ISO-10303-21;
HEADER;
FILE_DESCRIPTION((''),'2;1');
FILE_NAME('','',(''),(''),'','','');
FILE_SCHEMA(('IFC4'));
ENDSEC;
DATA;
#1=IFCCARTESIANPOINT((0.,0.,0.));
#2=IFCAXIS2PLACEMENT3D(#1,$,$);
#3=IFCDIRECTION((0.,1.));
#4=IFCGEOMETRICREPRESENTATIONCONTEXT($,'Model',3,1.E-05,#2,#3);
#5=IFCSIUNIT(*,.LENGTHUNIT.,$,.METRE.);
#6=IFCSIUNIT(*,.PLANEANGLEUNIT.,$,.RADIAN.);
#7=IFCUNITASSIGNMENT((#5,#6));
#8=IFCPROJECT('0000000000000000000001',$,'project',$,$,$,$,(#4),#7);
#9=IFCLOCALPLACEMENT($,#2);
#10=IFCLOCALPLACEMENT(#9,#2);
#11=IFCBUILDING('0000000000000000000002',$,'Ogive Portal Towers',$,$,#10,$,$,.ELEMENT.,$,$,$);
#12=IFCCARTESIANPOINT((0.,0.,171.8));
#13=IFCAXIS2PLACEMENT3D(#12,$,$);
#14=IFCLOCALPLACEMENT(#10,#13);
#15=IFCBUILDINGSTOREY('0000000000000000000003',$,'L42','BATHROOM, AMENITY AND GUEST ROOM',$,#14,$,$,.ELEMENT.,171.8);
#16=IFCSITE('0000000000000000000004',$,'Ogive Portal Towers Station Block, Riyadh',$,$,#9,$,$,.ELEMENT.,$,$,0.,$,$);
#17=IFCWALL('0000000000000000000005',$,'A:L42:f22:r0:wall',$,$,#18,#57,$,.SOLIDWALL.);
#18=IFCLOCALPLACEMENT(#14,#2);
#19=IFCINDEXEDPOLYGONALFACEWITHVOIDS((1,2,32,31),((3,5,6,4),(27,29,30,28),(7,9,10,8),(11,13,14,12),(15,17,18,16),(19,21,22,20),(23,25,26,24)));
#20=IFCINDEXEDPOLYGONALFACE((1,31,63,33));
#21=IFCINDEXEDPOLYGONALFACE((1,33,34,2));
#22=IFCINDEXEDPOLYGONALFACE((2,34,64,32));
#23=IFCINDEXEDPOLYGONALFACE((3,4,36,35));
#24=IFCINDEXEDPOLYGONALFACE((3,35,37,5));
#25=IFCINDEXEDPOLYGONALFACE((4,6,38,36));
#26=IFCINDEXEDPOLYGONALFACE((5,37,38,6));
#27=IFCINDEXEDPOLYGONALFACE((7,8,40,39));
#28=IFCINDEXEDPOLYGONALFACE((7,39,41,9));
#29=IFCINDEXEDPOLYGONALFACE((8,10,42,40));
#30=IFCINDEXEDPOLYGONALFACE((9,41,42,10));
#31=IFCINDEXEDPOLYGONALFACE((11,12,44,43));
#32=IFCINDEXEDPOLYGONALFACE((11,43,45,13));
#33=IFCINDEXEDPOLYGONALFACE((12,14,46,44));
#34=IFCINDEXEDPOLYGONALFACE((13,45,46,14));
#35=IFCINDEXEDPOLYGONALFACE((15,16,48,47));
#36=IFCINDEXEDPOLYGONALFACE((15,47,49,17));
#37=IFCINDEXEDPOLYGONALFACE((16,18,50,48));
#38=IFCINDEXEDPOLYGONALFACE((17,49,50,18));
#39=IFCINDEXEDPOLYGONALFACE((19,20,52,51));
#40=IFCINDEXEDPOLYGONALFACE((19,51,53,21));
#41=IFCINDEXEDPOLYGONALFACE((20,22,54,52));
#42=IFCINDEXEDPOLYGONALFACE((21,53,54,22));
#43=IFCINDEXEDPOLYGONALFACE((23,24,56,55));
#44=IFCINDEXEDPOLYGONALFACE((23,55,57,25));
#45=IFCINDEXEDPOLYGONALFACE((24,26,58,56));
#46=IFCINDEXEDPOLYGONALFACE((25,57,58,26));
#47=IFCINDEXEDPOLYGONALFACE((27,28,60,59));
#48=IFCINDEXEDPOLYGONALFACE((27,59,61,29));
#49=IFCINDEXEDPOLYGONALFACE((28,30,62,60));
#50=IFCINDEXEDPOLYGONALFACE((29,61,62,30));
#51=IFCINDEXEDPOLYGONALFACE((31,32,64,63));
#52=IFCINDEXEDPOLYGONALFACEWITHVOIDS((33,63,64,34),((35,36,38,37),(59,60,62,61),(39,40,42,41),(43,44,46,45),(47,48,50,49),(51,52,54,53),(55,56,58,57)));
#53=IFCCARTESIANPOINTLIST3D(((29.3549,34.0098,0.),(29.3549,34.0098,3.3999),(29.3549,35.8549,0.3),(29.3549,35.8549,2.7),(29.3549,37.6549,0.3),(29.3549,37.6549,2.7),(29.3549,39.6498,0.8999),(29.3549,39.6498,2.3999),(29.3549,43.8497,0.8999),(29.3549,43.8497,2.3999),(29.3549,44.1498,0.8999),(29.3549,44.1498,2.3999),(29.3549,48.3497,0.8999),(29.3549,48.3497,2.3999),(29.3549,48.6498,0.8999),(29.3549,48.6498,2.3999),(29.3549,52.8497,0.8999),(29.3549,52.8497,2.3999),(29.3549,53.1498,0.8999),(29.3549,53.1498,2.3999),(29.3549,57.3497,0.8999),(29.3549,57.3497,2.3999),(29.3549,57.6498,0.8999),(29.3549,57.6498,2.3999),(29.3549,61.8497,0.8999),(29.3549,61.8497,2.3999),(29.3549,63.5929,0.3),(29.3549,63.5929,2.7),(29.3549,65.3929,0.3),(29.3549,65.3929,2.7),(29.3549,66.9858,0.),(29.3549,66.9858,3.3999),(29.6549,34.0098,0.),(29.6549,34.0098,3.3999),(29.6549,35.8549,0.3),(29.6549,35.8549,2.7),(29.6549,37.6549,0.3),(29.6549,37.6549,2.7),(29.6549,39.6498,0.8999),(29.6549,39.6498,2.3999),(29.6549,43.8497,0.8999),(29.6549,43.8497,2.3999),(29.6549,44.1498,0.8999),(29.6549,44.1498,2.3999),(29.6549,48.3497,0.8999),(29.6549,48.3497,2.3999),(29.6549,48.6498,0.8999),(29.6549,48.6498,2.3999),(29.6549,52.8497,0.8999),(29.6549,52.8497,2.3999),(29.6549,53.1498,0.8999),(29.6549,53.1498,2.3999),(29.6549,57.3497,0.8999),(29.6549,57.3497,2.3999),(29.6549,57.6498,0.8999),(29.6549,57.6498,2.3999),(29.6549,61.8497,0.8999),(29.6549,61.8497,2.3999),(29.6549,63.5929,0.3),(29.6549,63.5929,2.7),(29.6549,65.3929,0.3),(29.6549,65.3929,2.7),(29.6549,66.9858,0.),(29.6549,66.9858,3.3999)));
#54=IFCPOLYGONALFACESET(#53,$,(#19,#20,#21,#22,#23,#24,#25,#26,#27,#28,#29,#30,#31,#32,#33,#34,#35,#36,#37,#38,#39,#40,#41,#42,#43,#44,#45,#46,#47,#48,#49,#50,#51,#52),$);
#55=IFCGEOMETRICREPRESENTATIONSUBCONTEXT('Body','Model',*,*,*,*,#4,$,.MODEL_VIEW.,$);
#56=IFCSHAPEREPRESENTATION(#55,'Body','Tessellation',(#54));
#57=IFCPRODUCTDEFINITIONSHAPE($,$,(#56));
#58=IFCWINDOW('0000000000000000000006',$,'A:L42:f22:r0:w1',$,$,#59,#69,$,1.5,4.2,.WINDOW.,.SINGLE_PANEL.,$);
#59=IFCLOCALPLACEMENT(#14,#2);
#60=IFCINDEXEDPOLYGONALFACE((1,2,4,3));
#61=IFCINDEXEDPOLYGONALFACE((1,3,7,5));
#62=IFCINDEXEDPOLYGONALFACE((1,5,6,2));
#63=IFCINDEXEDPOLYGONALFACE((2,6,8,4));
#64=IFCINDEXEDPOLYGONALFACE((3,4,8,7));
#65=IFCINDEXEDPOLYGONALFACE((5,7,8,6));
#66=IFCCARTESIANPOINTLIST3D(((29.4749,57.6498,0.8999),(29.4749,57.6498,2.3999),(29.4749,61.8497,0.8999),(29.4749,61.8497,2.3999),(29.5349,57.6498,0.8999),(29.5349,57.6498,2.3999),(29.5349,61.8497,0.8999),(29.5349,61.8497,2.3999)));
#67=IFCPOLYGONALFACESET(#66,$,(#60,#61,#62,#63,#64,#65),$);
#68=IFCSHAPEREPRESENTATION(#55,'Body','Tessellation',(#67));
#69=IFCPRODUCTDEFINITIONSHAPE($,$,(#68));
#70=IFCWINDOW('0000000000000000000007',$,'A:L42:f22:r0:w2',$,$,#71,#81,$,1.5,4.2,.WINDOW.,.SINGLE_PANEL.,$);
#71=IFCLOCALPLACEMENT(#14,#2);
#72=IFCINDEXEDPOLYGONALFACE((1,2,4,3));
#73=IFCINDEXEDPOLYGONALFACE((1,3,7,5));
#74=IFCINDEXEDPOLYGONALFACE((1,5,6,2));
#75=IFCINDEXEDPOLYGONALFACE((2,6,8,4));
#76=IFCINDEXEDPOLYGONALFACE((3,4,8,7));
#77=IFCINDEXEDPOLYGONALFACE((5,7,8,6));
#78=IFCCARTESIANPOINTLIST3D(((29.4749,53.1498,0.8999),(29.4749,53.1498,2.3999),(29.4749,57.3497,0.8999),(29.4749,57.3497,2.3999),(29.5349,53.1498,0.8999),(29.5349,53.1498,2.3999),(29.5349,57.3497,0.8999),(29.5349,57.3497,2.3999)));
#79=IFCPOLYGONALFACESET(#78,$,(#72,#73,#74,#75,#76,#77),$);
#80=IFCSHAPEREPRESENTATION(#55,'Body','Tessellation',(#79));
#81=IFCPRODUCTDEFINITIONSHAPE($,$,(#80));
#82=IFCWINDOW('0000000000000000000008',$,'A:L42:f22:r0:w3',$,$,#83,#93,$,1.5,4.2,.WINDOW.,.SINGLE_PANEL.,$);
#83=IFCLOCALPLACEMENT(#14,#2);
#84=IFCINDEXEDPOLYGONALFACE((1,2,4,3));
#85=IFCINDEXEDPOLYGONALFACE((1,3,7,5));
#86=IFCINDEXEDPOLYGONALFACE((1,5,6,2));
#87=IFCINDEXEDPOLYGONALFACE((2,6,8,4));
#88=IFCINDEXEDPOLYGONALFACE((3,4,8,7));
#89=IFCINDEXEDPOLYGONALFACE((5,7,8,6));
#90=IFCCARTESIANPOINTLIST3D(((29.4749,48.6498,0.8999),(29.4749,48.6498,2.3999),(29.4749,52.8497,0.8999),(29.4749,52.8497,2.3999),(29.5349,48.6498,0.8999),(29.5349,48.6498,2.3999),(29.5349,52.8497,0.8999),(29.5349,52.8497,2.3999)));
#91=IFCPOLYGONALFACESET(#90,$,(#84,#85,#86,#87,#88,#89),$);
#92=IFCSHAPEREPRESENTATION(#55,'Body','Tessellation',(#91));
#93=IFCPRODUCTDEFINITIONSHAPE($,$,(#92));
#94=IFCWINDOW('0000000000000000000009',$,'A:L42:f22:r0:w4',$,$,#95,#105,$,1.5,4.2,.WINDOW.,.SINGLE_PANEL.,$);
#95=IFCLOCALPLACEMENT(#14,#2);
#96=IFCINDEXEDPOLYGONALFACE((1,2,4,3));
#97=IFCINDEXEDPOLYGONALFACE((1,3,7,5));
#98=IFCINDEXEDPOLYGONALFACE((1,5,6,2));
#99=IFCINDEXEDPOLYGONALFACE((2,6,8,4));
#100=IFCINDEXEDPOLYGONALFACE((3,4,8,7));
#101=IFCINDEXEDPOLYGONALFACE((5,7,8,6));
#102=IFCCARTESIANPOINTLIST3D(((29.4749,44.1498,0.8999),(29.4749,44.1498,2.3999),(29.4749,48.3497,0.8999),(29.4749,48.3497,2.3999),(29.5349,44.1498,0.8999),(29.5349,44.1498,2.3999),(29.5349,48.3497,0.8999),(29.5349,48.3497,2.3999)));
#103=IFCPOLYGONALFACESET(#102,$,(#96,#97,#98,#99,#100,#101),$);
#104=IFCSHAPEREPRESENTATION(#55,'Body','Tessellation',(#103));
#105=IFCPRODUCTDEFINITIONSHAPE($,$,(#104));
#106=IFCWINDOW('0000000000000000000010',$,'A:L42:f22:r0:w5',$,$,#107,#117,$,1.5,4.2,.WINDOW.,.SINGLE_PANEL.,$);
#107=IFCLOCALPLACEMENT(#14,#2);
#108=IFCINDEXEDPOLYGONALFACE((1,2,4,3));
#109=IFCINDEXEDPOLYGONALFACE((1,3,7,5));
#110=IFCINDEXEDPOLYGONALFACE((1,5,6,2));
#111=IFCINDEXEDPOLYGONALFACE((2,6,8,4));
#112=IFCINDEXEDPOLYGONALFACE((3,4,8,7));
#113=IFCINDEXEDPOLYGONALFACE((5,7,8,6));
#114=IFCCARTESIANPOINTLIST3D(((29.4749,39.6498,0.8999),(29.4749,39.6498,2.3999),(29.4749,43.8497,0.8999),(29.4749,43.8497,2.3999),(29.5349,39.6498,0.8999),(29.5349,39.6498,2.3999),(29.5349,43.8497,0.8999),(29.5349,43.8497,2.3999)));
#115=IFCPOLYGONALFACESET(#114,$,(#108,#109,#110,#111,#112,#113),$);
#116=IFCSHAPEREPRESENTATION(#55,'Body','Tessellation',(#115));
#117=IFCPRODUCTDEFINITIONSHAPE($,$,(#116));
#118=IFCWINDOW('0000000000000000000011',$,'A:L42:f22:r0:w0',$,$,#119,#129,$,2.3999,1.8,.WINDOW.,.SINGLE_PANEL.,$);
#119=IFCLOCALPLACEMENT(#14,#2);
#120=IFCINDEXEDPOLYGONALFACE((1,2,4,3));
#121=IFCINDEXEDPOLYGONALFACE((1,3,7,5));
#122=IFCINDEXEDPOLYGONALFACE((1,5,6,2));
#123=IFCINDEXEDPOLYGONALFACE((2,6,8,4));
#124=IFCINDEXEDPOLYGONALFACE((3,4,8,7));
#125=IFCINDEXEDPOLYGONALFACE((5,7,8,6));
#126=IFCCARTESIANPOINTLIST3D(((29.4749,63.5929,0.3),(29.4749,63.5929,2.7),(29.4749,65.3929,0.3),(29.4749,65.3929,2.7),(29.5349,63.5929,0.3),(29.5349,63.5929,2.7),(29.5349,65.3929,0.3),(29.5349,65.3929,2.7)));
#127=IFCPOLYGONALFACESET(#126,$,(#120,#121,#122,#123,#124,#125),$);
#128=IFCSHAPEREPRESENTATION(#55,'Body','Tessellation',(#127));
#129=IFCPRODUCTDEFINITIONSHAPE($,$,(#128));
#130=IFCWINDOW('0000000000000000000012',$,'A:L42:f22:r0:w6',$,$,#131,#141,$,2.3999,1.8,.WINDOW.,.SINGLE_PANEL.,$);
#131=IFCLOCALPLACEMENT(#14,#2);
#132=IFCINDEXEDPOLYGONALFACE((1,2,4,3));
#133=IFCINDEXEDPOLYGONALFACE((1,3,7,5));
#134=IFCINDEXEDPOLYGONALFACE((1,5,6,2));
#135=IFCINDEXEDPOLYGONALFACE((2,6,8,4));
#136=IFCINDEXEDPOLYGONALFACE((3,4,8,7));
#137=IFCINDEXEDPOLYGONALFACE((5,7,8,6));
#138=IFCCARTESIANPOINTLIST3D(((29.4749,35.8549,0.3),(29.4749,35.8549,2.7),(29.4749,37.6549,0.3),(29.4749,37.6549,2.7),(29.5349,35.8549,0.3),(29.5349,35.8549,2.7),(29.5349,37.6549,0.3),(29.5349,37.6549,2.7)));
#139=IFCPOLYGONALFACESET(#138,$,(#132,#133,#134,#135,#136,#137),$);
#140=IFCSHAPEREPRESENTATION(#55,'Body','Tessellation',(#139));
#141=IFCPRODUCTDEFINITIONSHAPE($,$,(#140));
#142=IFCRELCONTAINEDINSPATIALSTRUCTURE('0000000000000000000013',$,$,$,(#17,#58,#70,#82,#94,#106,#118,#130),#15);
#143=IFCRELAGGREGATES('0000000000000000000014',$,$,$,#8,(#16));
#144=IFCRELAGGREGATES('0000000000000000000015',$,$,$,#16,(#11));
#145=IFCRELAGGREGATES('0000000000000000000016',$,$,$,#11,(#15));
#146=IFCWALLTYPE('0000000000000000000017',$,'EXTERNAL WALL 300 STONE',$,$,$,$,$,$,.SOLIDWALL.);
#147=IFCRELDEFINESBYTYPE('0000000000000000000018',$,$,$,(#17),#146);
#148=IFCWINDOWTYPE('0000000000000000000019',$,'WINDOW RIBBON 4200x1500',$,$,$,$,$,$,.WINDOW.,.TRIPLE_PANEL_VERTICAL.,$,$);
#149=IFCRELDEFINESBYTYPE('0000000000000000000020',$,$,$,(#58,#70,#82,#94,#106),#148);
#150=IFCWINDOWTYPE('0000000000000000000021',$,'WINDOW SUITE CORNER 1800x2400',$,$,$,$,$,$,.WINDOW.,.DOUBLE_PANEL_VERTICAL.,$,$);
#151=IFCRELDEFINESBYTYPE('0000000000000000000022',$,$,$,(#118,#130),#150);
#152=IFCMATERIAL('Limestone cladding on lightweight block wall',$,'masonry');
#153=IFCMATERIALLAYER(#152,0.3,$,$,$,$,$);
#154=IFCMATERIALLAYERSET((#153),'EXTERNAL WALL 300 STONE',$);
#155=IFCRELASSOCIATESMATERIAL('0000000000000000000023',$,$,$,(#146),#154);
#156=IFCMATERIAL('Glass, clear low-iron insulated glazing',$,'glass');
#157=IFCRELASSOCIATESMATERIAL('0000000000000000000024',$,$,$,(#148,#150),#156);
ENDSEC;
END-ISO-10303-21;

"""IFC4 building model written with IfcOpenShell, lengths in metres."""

from ifc_helpers import new_model, si_unit, direction, frame, frame_2d, origin, place, context, subcontext, project, spatial, rectangle, extrude, material, layer, layer_set, type_object, element, fill, save


model = new_model("IFC4")

# Units and contexts
model_context = context("Model", 3, precision=1e-05, world=origin(), true_north=direction((0.0, 1.0)))
body_context = subcontext(model_context, "Body", "Model", "MODEL_VIEW")
ifc_project = project(units=[si_unit("LENGTHUNIT", "METRE"), si_unit("PLANEANGLEUNIT", "RADIAN")], contexts=[model_context])

# Site, building, storey
site_placement = place(None, origin())
site = spatial("IfcSite", under=ifc_project, at=site_placement, Name="Ogive Portal Towers Station Block, Riyadh", CompositionType="ELEMENT", RefElevation=0.0)
building_placement = place(site_placement, origin())
building = spatial("IfcBuilding", under=site, at=building_placement, Name="Ogive Portal Towers", CompositionType="ELEMENT")
storey_placement = place(building_placement, frame((0.0, 0.0, 171.8)))
storey = spatial("IfcBuildingStorey", under=building, at=storey_placement, Name="L42", Description="BATHROOM, AMENITY AND GUEST ROOM", CompositionType="ELEMENT", Elevation=171.8)

# Shared definitions
ifc_material_1 = material(Name="Glass, clear low-iron insulated glazing", Category="glass")

# Wall, openings, windows
ifc_material_2 = material(Name="Limestone cladding on lightweight block wall", Category="masonry")
ifc_layer_1 = layer(ifc_material_2, 0.3)
ifc_layer_set_1 = layer_set([ifc_layer_1], Name="EXTERNAL WALL 300 STONE")
wall_type_1 = type_object("IfcWallType", Name="EXTERNAL WALL 300 STONE", PredefinedType="SOLIDWALL", material=ifc_layer_set_1)
wall_1_placement = place(storey_placement, frame((29.5049, 66.9858, 0.0), z_axis=(0.0, 0.0, 1.0), x_axis=(0.0, -1.0, 0.0)))
wall_1 = element("IfcWall", 1, at=wall_1_placement, inside=storey, type_object=wall_type_1, Name="A:L42:f22:r0:wall", PredefinedType="SOLIDWALL", context=body_context, shape_type="SweptSolid", body=[
    extrude(rectangle(XDim=32.9761, YDim=0.3, at=frame_2d((16.488, 0.0))), origin(), (0.0, 0.0, 1.0), 3.3999),
])
opening_1_placement = place(wall_1_placement, frame((1.593, 0.0, 0.3)))
opening_1 = element("IfcOpeningElement", 2, at=opening_1_placement, cuts=wall_1, PredefinedType="OPENING", context=body_context, shape_type="SweptSolid", body=[
    extrude(rectangle(XDim=1.8, YDim=2.3999, at=frame_2d((0.8999, 1.2))), frame((0.0, 0.1602, 0.0), z_axis=(0.0, -1.0, 0.0), x_axis=(1.0, 0.0, 0.0)), (0.0, 0.0, 1.0), 0.3201),
])
opening_2_placement = place(wall_1_placement, frame((5.136, 0.0, 0.8999)))
opening_2 = element("IfcOpeningElement", 3, at=opening_2_placement, cuts=wall_1, PredefinedType="OPENING", context=body_context, shape_type="SweptSolid", body=[
    extrude(rectangle(XDim=4.2, YDim=1.5, at=frame_2d((2.1001, 0.75))), frame((0.0, 0.1602, 0.0), z_axis=(0.0, -1.0, 0.0), x_axis=(1.0, 0.0, 0.0)), (0.0, 0.0, 1.0), 0.3201),
])
opening_3_placement = place(wall_1_placement, frame((9.636, 0.0, 0.8999)))
opening_3 = element("IfcOpeningElement", 4, at=opening_3_placement, cuts=wall_1, PredefinedType="OPENING", context=body_context, shape_type="SweptSolid", body=[
    extrude(rectangle(XDim=4.2, YDim=1.5, at=frame_2d((2.1001, 0.75))), frame((0.0, 0.1602, 0.0), z_axis=(0.0, -1.0, 0.0), x_axis=(1.0, 0.0, 0.0)), (0.0, 0.0, 1.0), 0.3201),
])
opening_4_placement = place(wall_1_placement, frame((14.136, 0.0, 0.8999)))
opening_4 = element("IfcOpeningElement", 5, at=opening_4_placement, cuts=wall_1, PredefinedType="OPENING", context=body_context, shape_type="SweptSolid", body=[
    extrude(rectangle(XDim=4.2, YDim=1.5, at=frame_2d((2.1001, 0.75))), frame((0.0, 0.1602, 0.0), z_axis=(0.0, -1.0, 0.0), x_axis=(1.0, 0.0, 0.0)), (0.0, 0.0, 1.0), 0.3201),
])
opening_5_placement = place(wall_1_placement, frame((18.636, 0.0, 0.8999)))
opening_5 = element("IfcOpeningElement", 6, at=opening_5_placement, cuts=wall_1, PredefinedType="OPENING", context=body_context, shape_type="SweptSolid", body=[
    extrude(rectangle(XDim=4.2, YDim=1.5, at=frame_2d((2.1001, 0.75))), frame((0.0, 0.1602, 0.0), z_axis=(0.0, -1.0, 0.0), x_axis=(1.0, 0.0, 0.0)), (0.0, 0.0, 1.0), 0.3201),
])
opening_6_placement = place(wall_1_placement, frame((23.136, 0.0, 0.8999)))
opening_6 = element("IfcOpeningElement", 7, at=opening_6_placement, cuts=wall_1, PredefinedType="OPENING", context=body_context, shape_type="SweptSolid", body=[
    extrude(rectangle(XDim=4.2, YDim=1.5, at=frame_2d((2.1001, 0.75))), frame((0.0, 0.1602, 0.0), z_axis=(0.0, -1.0, 0.0), x_axis=(1.0, 0.0, 0.0)), (0.0, 0.0, 1.0), 0.3201),
])
opening_7_placement = place(wall_1_placement, frame((29.3311, 0.0, 0.3)))
opening_7 = element("IfcOpeningElement", 8, at=opening_7_placement, cuts=wall_1, PredefinedType="OPENING", context=body_context, shape_type="SweptSolid", body=[
    extrude(rectangle(XDim=1.8, YDim=2.3999, at=frame_2d((0.8999, 1.2))), frame((0.0, 0.1602, 0.0), z_axis=(0.0, -1.0, 0.0), x_axis=(1.0, 0.0, 0.0)), (0.0, 0.0, 1.0), 0.3201),
])
window_type_1 = type_object("IfcWindowType", Name="WINDOW RIBBON 4200x1500", PartitioningType="TRIPLE_PANEL_VERTICAL", PredefinedType="WINDOW", material=ifc_material_1)
window_1_placement = place(opening_2_placement, origin())
window_1 = element("IfcWindow", 9, at=window_1_placement, inside=storey, type_object=window_type_1, Name="A:L42:f22:r0:w1", OverallHeight=1.5, OverallWidth=4.2, PartitioningType="SINGLE_PANEL", PredefinedType="WINDOW", context=body_context, shape_type="SweptSolid", body=[
    extrude(rectangle(XDim=4.2, YDim=1.5, at=frame_2d((2.1001, 0.75))), frame((0.0, 0.03, 0.0), z_axis=(0.0, -1.0, 0.0), x_axis=(1.0, 0.0, 0.0)), (0.0, 0.0, 1.0), 0.0601),
])
fill(opening_2, window_1)
window_2_placement = place(opening_3_placement, origin())
window_2 = element("IfcWindow", 10, at=window_2_placement, inside=storey, type_object=window_type_1, Name="A:L42:f22:r0:w2", OverallHeight=1.5, OverallWidth=4.2, PartitioningType="SINGLE_PANEL", PredefinedType="WINDOW", context=body_context, shape_type="SweptSolid", body=[
    extrude(rectangle(XDim=4.2, YDim=1.5, at=frame_2d((2.1001, 0.75))), frame((0.0, 0.03, 0.0), z_axis=(0.0, -1.0, 0.0), x_axis=(1.0, 0.0, 0.0)), (0.0, 0.0, 1.0), 0.0601),
])
fill(opening_3, window_2)
window_3_placement = place(opening_4_placement, origin())
window_3 = element("IfcWindow", 11, at=window_3_placement, inside=storey, type_object=window_type_1, Name="A:L42:f22:r0:w3", OverallHeight=1.5, OverallWidth=4.2, PartitioningType="SINGLE_PANEL", PredefinedType="WINDOW", context=body_context, shape_type="SweptSolid", body=[
    extrude(rectangle(XDim=4.2, YDim=1.5, at=frame_2d((2.1001, 0.75))), frame((0.0, 0.03, 0.0), z_axis=(0.0, -1.0, 0.0), x_axis=(1.0, 0.0, 0.0)), (0.0, 0.0, 1.0), 0.0601),
])
fill(opening_4, window_3)
window_4_placement = place(opening_5_placement, origin())
window_4 = element("IfcWindow", 12, at=window_4_placement, inside=storey, type_object=window_type_1, Name="A:L42:f22:r0:w4", OverallHeight=1.5, OverallWidth=4.2, PartitioningType="SINGLE_PANEL", PredefinedType="WINDOW", context=body_context, shape_type="SweptSolid", body=[
    extrude(rectangle(XDim=4.2, YDim=1.5, at=frame_2d((2.1001, 0.75))), frame((0.0, 0.03, 0.0), z_axis=(0.0, -1.0, 0.0), x_axis=(1.0, 0.0, 0.0)), (0.0, 0.0, 1.0), 0.0601),
])
fill(opening_5, window_4)
window_5_placement = place(opening_6_placement, origin())
window_5 = element("IfcWindow", 13, at=window_5_placement, inside=storey, type_object=window_type_1, Name="A:L42:f22:r0:w5", OverallHeight=1.5, OverallWidth=4.2, PartitioningType="SINGLE_PANEL", PredefinedType="WINDOW", context=body_context, shape_type="SweptSolid", body=[
    extrude(rectangle(XDim=4.2, YDim=1.5, at=frame_2d((2.1001, 0.75))), frame((0.0, 0.03, 0.0), z_axis=(0.0, -1.0, 0.0), x_axis=(1.0, 0.0, 0.0)), (0.0, 0.0, 1.0), 0.0601),
])
fill(opening_6, window_5)
window_type_2 = type_object("IfcWindowType", Name="WINDOW SUITE CORNER 1800x2400", PartitioningType="DOUBLE_PANEL_VERTICAL", PredefinedType="WINDOW", material=ifc_material_1)
window_6_placement = place(opening_1_placement, origin())
window_6 = element("IfcWindow", 14, at=window_6_placement, inside=storey, type_object=window_type_2, Name="A:L42:f22:r0:w0", OverallHeight=2.3999, OverallWidth=1.8, PartitioningType="SINGLE_PANEL", PredefinedType="WINDOW", context=body_context, shape_type="SweptSolid", body=[
    extrude(rectangle(XDim=1.8, YDim=2.3999, at=frame_2d((0.8999, 1.2))), frame((0.0, 0.03, 0.0), z_axis=(0.0, -1.0, 0.0), x_axis=(1.0, 0.0, 0.0)), (0.0, 0.0, 1.0), 0.0601),
])
fill(opening_1, window_6)
window_7_placement = place(opening_7_placement, origin())
window_7 = element("IfcWindow", 15, at=window_7_placement, inside=storey, type_object=window_type_2, Name="A:L42:f22:r0:w6", OverallHeight=2.3999, OverallWidth=1.8, PartitioningType="SINGLE_PANEL", PredefinedType="WINDOW", context=body_context, shape_type="SweptSolid", body=[
    extrude(rectangle(XDim=1.8, YDim=2.3999, at=frame_2d((0.8999, 1.2))), frame((0.0, 0.03, 0.0), z_axis=(0.0, -1.0, 0.0), x_axis=(1.0, 0.0, 0.0)), (0.0, 0.0, 1.0), 0.0601),
])
fill(opening_7, window_7)

save(model, "model.ifc")
